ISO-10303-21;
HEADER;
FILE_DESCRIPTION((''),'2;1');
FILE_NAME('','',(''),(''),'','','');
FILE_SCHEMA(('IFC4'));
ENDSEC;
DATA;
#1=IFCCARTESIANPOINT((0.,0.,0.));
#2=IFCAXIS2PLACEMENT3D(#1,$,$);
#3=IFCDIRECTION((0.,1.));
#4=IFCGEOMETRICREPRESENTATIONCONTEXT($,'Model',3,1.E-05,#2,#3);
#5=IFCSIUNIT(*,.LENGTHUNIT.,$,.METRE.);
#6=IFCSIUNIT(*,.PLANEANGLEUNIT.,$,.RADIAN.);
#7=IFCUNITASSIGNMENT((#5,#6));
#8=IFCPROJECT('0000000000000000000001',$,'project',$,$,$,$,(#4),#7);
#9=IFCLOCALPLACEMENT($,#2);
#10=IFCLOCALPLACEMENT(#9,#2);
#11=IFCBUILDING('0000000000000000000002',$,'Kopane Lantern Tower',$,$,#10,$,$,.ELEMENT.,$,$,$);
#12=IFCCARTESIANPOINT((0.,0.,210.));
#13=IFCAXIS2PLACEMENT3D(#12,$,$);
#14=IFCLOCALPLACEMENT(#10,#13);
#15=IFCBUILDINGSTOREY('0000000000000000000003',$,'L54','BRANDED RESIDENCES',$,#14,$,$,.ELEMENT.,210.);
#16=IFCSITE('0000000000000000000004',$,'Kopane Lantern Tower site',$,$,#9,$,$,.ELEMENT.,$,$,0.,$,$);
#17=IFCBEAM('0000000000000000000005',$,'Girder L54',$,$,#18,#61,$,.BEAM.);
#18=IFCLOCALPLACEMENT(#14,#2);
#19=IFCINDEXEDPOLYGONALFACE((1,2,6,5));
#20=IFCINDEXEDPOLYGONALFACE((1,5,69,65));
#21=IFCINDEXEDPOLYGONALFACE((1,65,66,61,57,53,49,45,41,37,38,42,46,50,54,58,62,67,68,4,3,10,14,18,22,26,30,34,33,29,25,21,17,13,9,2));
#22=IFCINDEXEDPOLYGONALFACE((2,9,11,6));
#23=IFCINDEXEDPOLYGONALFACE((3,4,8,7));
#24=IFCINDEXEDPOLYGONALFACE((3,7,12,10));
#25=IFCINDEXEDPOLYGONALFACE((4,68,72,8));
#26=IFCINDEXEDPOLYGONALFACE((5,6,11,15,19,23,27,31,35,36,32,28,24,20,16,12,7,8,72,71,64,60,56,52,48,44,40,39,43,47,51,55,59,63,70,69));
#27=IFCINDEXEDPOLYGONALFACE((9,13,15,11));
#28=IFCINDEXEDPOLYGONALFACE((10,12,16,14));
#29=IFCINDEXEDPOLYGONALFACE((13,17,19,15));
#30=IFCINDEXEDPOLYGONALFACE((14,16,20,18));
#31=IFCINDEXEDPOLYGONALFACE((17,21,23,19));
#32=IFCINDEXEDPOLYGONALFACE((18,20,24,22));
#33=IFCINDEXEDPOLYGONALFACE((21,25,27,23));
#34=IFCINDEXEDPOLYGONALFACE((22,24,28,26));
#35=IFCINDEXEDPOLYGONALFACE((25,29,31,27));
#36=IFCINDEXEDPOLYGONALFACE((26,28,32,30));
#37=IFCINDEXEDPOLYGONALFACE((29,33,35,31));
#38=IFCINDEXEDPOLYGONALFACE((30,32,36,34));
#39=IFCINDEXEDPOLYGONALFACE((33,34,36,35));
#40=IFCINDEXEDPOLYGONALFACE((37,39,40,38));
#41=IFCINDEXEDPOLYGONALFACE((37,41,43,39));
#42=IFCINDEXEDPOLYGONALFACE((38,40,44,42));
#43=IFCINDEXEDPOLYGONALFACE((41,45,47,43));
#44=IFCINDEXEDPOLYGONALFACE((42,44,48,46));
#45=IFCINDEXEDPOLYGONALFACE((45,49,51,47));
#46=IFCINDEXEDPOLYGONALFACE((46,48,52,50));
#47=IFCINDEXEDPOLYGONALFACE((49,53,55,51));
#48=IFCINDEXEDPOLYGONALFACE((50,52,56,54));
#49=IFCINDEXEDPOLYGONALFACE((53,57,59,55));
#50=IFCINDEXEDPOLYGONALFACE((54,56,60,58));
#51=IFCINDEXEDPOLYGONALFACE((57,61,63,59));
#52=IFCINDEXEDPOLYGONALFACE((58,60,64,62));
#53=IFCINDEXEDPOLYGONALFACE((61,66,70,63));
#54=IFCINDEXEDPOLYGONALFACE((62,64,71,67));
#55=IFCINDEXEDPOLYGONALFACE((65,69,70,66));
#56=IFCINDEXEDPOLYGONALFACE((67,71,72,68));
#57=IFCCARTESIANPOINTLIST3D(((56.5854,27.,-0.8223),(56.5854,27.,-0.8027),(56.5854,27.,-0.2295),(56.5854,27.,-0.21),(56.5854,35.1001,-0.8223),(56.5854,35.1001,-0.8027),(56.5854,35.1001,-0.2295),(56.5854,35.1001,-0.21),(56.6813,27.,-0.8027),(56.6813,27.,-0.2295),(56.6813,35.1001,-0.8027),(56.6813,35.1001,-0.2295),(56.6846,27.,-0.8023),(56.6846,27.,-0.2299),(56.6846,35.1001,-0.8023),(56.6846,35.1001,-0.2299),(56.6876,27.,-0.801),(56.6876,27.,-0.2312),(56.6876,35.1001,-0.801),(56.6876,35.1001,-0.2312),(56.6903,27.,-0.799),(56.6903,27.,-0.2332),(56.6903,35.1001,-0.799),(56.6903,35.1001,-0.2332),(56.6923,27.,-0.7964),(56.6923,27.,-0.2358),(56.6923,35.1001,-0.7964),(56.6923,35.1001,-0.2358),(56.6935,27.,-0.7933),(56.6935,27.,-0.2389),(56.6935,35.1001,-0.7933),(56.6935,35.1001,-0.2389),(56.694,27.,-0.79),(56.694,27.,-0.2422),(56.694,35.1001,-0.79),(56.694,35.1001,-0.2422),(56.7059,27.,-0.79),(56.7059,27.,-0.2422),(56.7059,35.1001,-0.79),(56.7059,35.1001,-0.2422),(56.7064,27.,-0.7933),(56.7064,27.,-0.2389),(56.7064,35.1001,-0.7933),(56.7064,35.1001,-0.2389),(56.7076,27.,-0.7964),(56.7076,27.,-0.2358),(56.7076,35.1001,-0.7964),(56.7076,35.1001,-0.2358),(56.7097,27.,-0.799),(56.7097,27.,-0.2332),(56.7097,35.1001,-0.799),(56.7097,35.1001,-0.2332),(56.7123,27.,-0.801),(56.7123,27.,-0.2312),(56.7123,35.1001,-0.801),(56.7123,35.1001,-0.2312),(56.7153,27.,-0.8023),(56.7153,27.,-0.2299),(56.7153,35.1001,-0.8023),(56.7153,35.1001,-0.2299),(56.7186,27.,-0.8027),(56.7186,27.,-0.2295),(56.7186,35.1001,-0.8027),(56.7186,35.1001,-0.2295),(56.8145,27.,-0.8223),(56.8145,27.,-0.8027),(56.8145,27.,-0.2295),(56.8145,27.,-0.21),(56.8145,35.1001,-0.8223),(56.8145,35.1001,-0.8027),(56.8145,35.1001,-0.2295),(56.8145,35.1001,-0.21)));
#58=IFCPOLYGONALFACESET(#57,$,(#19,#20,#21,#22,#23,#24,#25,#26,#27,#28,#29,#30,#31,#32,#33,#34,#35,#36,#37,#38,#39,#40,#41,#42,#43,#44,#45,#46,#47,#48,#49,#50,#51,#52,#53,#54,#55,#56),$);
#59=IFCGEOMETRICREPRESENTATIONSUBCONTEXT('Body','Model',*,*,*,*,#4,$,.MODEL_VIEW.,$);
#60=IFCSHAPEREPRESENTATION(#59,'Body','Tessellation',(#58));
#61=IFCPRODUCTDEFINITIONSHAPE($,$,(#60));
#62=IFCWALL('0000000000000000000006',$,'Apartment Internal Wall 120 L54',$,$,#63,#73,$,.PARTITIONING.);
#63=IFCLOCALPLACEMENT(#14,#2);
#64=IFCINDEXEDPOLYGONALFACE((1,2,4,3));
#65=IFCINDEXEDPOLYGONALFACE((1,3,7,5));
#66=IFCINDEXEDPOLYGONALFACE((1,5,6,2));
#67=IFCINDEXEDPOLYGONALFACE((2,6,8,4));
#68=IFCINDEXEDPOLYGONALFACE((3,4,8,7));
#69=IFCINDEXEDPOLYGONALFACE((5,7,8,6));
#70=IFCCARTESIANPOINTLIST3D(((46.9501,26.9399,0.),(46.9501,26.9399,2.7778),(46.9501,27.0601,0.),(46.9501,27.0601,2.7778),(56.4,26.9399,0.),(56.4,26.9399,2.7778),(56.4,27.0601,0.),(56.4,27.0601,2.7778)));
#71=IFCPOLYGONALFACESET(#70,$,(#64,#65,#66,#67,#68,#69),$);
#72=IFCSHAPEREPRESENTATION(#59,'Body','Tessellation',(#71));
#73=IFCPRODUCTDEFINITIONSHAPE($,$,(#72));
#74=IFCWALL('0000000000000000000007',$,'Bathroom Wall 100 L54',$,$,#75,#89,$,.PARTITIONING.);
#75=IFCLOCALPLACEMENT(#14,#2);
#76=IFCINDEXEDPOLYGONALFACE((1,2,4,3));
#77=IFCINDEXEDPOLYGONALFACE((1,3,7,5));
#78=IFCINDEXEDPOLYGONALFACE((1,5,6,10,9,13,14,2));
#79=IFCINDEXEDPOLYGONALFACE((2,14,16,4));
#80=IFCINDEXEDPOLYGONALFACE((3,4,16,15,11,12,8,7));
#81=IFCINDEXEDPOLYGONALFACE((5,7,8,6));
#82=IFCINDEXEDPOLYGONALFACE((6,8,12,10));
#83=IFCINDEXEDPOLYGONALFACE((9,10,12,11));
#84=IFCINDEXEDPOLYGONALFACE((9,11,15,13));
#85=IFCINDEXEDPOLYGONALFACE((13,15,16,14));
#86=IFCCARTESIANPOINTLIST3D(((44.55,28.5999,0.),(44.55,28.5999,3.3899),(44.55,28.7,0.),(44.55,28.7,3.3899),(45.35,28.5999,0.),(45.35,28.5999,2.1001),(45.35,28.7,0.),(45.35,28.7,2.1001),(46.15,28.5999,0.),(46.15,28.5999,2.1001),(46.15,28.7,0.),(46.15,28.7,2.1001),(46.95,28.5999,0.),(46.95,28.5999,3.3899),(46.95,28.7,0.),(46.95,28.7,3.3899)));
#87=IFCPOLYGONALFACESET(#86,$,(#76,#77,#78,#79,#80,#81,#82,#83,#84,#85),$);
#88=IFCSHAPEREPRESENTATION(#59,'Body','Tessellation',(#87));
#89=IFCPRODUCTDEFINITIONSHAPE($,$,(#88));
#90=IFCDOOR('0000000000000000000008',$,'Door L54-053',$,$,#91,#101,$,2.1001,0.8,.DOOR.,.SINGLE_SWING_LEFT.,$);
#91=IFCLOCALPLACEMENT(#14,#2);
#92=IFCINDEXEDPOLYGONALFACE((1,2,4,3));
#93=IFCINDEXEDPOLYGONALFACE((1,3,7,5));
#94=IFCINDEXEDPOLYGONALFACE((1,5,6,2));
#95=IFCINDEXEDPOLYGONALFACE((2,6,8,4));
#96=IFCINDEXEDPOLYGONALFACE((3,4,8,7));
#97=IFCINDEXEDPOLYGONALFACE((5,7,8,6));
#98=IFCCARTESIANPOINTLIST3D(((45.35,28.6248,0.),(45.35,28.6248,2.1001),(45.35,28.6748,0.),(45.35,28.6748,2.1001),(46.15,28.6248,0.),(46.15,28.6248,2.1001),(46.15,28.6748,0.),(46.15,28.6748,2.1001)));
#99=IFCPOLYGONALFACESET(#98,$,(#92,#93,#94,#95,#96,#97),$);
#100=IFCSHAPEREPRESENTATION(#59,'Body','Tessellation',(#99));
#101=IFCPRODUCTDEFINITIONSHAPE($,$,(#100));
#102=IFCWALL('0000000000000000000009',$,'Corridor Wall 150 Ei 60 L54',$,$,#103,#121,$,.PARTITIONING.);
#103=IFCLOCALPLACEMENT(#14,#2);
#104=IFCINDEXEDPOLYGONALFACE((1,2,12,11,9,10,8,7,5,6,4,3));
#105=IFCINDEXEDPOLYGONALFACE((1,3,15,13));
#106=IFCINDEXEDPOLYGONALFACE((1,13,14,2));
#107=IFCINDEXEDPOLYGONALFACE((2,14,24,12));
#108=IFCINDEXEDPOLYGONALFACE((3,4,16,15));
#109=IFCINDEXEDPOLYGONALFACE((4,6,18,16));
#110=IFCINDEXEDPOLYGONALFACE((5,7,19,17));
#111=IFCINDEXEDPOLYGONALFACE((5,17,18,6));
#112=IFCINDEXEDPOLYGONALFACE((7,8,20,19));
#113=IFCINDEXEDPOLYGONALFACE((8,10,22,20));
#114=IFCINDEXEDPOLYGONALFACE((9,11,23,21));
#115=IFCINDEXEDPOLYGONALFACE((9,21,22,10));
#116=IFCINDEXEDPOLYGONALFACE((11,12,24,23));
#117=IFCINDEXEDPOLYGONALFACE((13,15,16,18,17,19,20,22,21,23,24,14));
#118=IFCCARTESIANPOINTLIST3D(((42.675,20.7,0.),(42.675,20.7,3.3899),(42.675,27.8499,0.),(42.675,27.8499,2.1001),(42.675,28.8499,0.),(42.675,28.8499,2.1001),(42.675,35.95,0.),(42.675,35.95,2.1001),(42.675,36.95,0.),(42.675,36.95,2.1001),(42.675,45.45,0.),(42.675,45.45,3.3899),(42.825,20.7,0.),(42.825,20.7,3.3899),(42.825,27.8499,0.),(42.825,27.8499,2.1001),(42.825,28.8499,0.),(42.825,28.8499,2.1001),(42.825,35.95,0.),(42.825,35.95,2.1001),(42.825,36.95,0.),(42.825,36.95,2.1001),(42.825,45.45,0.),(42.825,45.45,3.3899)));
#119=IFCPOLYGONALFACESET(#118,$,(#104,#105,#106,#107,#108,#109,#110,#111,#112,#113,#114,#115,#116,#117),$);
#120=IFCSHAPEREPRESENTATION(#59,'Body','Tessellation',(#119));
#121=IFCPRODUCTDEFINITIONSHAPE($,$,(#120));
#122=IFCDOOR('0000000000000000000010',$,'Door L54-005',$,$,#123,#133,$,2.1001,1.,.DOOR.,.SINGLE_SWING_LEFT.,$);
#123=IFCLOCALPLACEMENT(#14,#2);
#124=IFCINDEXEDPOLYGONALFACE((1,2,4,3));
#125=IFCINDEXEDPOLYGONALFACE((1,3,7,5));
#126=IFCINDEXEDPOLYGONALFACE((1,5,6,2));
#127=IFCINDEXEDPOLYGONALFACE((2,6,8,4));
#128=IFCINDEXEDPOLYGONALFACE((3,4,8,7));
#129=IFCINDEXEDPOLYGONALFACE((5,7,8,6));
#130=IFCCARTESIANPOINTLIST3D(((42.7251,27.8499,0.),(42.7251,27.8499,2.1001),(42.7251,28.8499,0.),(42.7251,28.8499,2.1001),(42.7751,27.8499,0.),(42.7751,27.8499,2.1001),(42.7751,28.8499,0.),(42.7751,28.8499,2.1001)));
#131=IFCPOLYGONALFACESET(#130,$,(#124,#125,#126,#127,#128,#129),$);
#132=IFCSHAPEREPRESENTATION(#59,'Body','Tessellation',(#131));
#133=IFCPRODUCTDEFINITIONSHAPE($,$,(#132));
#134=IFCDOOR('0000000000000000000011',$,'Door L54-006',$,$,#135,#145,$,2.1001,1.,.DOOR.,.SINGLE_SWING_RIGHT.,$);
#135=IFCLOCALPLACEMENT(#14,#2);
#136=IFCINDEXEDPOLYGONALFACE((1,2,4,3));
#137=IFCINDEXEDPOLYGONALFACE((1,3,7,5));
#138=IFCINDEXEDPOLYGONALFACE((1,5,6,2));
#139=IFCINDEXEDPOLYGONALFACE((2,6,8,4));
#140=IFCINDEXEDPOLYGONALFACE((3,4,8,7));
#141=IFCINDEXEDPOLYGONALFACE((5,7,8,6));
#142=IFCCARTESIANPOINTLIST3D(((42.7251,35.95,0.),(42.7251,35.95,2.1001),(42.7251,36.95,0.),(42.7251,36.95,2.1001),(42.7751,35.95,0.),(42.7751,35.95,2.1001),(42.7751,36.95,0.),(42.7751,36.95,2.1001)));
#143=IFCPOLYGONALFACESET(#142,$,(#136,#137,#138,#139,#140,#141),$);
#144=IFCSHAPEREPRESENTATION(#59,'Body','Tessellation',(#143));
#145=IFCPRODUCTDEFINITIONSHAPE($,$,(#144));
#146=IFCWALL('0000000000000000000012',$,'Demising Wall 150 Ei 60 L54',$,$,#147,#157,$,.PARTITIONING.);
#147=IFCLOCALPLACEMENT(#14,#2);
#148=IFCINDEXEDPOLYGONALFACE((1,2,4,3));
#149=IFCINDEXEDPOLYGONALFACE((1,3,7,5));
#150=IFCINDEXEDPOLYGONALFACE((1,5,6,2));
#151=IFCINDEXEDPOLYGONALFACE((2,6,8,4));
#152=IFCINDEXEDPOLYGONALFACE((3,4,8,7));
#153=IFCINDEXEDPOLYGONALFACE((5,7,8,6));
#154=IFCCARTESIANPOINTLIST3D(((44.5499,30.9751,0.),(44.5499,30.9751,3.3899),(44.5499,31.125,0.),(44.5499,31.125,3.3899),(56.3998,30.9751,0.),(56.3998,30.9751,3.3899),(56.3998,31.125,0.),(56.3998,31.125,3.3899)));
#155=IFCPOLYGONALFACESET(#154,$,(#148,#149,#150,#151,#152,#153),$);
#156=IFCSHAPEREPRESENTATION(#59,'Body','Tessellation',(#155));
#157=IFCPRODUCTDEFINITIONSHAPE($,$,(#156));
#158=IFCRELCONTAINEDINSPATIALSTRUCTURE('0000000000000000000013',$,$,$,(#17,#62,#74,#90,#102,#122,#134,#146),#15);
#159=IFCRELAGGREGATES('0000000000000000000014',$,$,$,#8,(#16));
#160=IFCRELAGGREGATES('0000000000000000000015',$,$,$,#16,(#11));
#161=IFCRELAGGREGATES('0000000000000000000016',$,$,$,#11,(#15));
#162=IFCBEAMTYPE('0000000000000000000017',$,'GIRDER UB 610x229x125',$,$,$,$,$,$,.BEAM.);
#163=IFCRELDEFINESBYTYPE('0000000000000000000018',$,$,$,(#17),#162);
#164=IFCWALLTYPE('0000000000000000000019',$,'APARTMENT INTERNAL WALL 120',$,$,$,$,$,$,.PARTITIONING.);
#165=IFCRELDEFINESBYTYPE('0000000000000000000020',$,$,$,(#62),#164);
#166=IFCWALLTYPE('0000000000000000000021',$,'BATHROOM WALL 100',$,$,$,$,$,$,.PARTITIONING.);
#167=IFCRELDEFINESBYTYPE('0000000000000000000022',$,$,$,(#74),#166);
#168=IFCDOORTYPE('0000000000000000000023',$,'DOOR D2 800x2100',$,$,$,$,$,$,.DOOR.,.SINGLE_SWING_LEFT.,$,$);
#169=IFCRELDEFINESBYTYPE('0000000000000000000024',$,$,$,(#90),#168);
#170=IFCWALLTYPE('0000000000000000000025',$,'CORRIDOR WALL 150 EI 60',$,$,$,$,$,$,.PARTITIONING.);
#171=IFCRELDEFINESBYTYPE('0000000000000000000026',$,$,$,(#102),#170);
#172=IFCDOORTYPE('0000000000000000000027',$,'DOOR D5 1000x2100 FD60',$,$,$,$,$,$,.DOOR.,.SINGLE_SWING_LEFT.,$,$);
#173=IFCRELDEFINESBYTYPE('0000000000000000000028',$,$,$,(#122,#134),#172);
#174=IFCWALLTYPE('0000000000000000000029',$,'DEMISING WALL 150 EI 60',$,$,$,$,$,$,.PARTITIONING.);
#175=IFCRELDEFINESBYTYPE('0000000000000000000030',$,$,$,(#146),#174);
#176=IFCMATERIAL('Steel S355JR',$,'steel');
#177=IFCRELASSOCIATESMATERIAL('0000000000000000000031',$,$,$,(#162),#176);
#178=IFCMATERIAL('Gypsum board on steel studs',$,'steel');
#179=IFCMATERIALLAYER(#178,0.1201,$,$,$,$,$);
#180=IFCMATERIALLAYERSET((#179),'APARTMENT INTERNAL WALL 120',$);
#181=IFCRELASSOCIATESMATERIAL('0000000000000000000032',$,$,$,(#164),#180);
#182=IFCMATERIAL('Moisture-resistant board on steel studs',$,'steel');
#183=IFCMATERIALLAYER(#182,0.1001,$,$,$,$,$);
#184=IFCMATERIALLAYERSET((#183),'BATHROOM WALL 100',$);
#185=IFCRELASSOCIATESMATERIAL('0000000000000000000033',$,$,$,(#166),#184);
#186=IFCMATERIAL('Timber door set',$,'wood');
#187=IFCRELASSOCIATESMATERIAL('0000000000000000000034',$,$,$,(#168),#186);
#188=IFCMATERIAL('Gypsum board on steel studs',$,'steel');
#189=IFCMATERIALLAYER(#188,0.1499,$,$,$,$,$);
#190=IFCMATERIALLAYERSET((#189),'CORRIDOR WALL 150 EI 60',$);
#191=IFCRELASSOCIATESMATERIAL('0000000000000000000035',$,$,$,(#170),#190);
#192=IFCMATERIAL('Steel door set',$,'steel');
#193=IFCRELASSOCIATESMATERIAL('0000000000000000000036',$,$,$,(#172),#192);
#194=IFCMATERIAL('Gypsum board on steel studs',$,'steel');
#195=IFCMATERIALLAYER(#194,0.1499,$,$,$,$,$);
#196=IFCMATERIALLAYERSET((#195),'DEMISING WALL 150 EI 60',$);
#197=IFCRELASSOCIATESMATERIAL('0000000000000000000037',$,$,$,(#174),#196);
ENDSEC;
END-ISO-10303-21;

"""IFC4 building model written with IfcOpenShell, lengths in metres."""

from ifc_helpers import new_model, si_unit, direction, frame, frame_2d, origin, origin_2d, place, context, subcontext, project, spatial, rectangle, i_section, extrude, material, layer, layer_set, material_profile, profile_set, type_object, element, fill, save


model = new_model("IFC4")

# Units and contexts
model_context = context("Model", 3, precision=1e-05, world=origin(), true_north=direction((0.0, 1.0)))
body_context = subcontext(model_context, "Body", "Model", "MODEL_VIEW")
ifc_project = project(units=[si_unit("LENGTHUNIT", "METRE"), si_unit("PLANEANGLEUNIT", "RADIAN")], contexts=[model_context])

# Site, building, storey
site_placement = place(None, origin())
site = spatial("IfcSite", under=ifc_project, at=site_placement, Name="Kopane Lantern Tower site", CompositionType="ELEMENT", RefElevation=0.0)
building_placement = place(site_placement, origin())
building = spatial("IfcBuilding", under=site, at=building_placement, Name="Kopane Lantern Tower", CompositionType="ELEMENT")
storey_placement = place(building_placement, frame((0.0, 0.0, 210.0)))
storey = spatial("IfcBuildingStorey", under=building, at=storey_placement, Name="L54", Description="BRANDED RESIDENCES", CompositionType="ELEMENT", Elevation=210.0)

# Beam
ifc_material_1 = material(Name="Steel S355JR", Category="steel")
ifc_material_profile_1 = material_profile(ifc_material_1, i_section(OverallWidth=0.229, OverallDepth=0.6123, WebThickness=0.012, FlangeThickness=0.0195, FilletRadius=0.0127, at=origin_2d()), Name="UB 610x229x125")
ifc_profile_set_1 = profile_set([ifc_material_profile_1], Name="Steel S355JR")
beam_type = type_object("IfcBeamType", Name="GIRDER UB 610x229x125", PredefinedType="BEAM", material=ifc_profile_set_1)
beam_1_placement = place(storey_placement, frame((56.7, 27.0, -0.5161), z_axis=(0.0, 1.0, 0.0), x_axis=(-1.0, 0.0, 0.0)))
element("IfcBeam", 1, at=beam_1_placement, inside=storey, type_object=beam_type, Name="Girder L54", PredefinedType="BEAM", context=body_context, shape_type="SweptSolid", body=[
    extrude(i_section(OverallWidth=0.229, OverallDepth=0.6123, WebThickness=0.012, FlangeThickness=0.0195, FilletRadius=0.0127, at=origin_2d()), origin(), (0.0, 0.0, 1.0), 8.1001),
])

# Wall
ifc_material_2 = material(Name="Gypsum board on steel studs", Category="steel")
ifc_layer_1 = layer(ifc_material_2, 0.1201)
ifc_layer_set_1 = layer_set([ifc_layer_1], Name="APARTMENT INTERNAL WALL 120")
wall_type_1 = type_object("IfcWallType", Name="APARTMENT INTERNAL WALL 120", PredefinedType="PARTITIONING", material=ifc_layer_set_1)
wall_1_placement = place(storey_placement, frame((46.95, 27.0, 0.0), z_axis=(0.0, 0.0, 1.0), x_axis=(1.0, 0.0, 0.0)))
element("IfcWall", 2, at=wall_1_placement, inside=storey, type_object=wall_type_1, Name="Apartment Internal Wall 120 L54", PredefinedType="PARTITIONING", context=body_context, shape_type="SweptSolid", body=[
    extrude(rectangle(XDim=9.45, YDim=0.1201, at=frame_2d((4.7251, 0.0))), origin(), (0.0, 0.0, 1.0), 2.7778),
])

# Wall, opening, door
ifc_material_3 = material(Name="Moisture-resistant board on steel studs", Category="steel")
ifc_layer_2 = layer(ifc_material_3, 0.1001)
ifc_layer_set_2 = layer_set([ifc_layer_2], Name="BATHROOM WALL 100")
wall_type_2 = type_object("IfcWallType", Name="BATHROOM WALL 100", PredefinedType="PARTITIONING", material=ifc_layer_set_2)
wall_2_placement = place(storey_placement, frame((44.55, 28.6499, 0.0), z_axis=(0.0, 0.0, 1.0), x_axis=(1.0, 0.0, 0.0)))
wall_2 = element("IfcWall", 3, at=wall_2_placement, inside=storey, type_object=wall_type_2, Name="Bathroom Wall 100 L54", PredefinedType="PARTITIONING", context=body_context, shape_type="SweptSolid", body=[
    extrude(rectangle(XDim=2.3999, YDim=0.1001, at=frame_2d((1.2, 0.0))), origin(), (0.0, 0.0, 1.0), 3.3899),
])
opening_1_placement = place(wall_2_placement, frame((0.8, 0.0, 0.0)))
opening_1 = element("IfcOpeningElement", 4, at=opening_1_placement, cuts=wall_2, PredefinedType="OPENING", context=body_context, shape_type="SweptSolid", body=[
    extrude(rectangle(XDim=0.8, YDim=2.1001, at=frame_2d((0.3999, 1.05))), frame((0.0, 0.0601, 0.0), z_axis=(0.0, -1.0, 0.0), x_axis=(1.0, 0.0, 0.0)), (0.0, 0.0, 1.0), 0.1201),
])
ifc_material_4 = material(Name="Timber door set", Category="wood")
door_type_1 = type_object("IfcDoorType", Name="DOOR D2 800x2100", OperationType="SINGLE_SWING_LEFT", PredefinedType="DOOR", material=ifc_material_4)
door_1_placement = place(opening_1_placement, origin())
door_1 = element("IfcDoor", 5, at=door_1_placement, inside=storey, type_object=door_type_1, Name="Door L54-053", OperationType="SINGLE_SWING_LEFT", OverallHeight=2.1001, OverallWidth=0.8, PredefinedType="DOOR", context=body_context, shape_type="SweptSolid", body=[
    extrude(rectangle(XDim=0.8, YDim=2.1001, at=frame_2d((0.3999, 1.05))), frame((0.0, 0.0249, 0.0), z_axis=(0.0, -1.0, 0.0), x_axis=(1.0, 0.0, 0.0)), (0.0, 0.0, 1.0), 0.05),
])
fill(opening_1, door_1)

# Wall, openings, doors
ifc_material_5 = material(Name="Gypsum board on steel studs", Category="steel")
ifc_layer_3 = layer(ifc_material_5, 0.1499)
ifc_layer_set_3 = layer_set([ifc_layer_3], Name="CORRIDOR WALL 150 EI 60")
wall_type_3 = type_object("IfcWallType", Name="CORRIDOR WALL 150 EI 60", PredefinedType="PARTITIONING", material=ifc_layer_set_3)
wall_3_placement = place(storey_placement, frame((42.75, 20.7, 0.0), z_axis=(0.0, 0.0, 1.0), x_axis=(0.0, 1.0, 0.0)))
wall_3 = element("IfcWall", 6, at=wall_3_placement, inside=storey, type_object=wall_type_3, Name="Corridor Wall 150 Ei 60 L54", PredefinedType="PARTITIONING", context=body_context, shape_type="SweptSolid", body=[
    extrude(rectangle(XDim=24.75, YDim=0.1499, at=frame_2d((12.375, 0.0))), origin(), (0.0, 0.0, 1.0), 3.3899),
])
opening_2_placement = place(wall_3_placement, frame((7.1499, 0.0, 0.0)))
opening_2 = element("IfcOpeningElement", 7, at=opening_2_placement, cuts=wall_3, PredefinedType="OPENING", context=body_context, shape_type="SweptSolid", body=[
    extrude(rectangle(XDim=1.0, YDim=2.1001, at=frame_2d((0.5, 1.05))), frame((0.0, 0.085, 0.0), z_axis=(0.0, -1.0, 0.0), x_axis=(1.0, 0.0, 0.0)), (0.0, 0.0, 1.0), 0.1699),
])
opening_3_placement = place(wall_3_placement, frame((15.25, 0.0, 0.0)))
opening_3 = element("IfcOpeningElement", 8, at=opening_3_placement, cuts=wall_3, PredefinedType="OPENING", context=body_context, shape_type="SweptSolid", body=[
    extrude(rectangle(XDim=1.0, YDim=2.1001, at=frame_2d((0.5, 1.05))), frame((0.0, 0.085, 0.0), z_axis=(0.0, -1.0, 0.0), x_axis=(1.0, 0.0, 0.0)), (0.0, 0.0, 1.0), 0.1699),
])
ifc_material_6 = material(Name="Steel door set", Category="steel")
door_type_2 = type_object("IfcDoorType", Name="DOOR D5 1000x2100 FD60", OperationType="SINGLE_SWING_LEFT", PredefinedType="DOOR", material=ifc_material_6)
door_2_placement = place(opening_2_placement, origin())
door_2 = element("IfcDoor", 9, at=door_2_placement, inside=storey, type_object=door_type_2, Name="Door L54-005", OperationType="SINGLE_SWING_LEFT", OverallHeight=2.1001, OverallWidth=1.0, PredefinedType="DOOR", context=body_context, shape_type="SweptSolid", body=[
    extrude(rectangle(XDim=1.0, YDim=2.1001, at=frame_2d((0.5, 1.05))), frame((0.0, 0.0249, 0.0), z_axis=(0.0, -1.0, 0.0), x_axis=(1.0, 0.0, 0.0)), (0.0, 0.0, 1.0), 0.05),
])
fill(opening_2, door_2)
door_3_placement = place(opening_3_placement, origin())
door_3 = element("IfcDoor", 10, at=door_3_placement, inside=storey, type_object=door_type_2, Name="Door L54-006", OperationType="SINGLE_SWING_RIGHT", OverallHeight=2.1001, OverallWidth=1.0, PredefinedType="DOOR", context=body_context, shape_type="SweptSolid", body=[
    extrude(rectangle(XDim=1.0, YDim=2.1001, at=frame_2d((0.5, 1.05))), frame((0.0, 0.0249, 0.0), z_axis=(0.0, -1.0, 0.0), x_axis=(1.0, 0.0, 0.0)), (0.0, 0.0, 1.0), 0.05),
])
fill(opening_3, door_3)

# Wall
ifc_material_7 = material(Name="Gypsum board on steel studs", Category="steel")
ifc_layer_4 = layer(ifc_material_7, 0.1499)
ifc_layer_set_4 = layer_set([ifc_layer_4], Name="DEMISING WALL 150 EI 60")
wall_type_4 = type_object("IfcWallType", Name="DEMISING WALL 150 EI 60", PredefinedType="PARTITIONING", material=ifc_layer_set_4)
wall_4_placement = place(storey_placement, frame((44.55, 31.05, 0.0), z_axis=(0.0, 0.0, 1.0), x_axis=(1.0, 0.0, 0.0)))
element("IfcWall", 11, at=wall_4_placement, inside=storey, type_object=wall_type_4, Name="Demising Wall 150 Ei 60 L54", PredefinedType="PARTITIONING", context=body_context, shape_type="SweptSolid", body=[
    extrude(rectangle(XDim=11.8499, YDim=0.1499, at=frame_2d((5.9248, 0.0))), origin(), (0.0, 0.0, 1.0), 3.3899),
])

save(model, "model.ifc")
